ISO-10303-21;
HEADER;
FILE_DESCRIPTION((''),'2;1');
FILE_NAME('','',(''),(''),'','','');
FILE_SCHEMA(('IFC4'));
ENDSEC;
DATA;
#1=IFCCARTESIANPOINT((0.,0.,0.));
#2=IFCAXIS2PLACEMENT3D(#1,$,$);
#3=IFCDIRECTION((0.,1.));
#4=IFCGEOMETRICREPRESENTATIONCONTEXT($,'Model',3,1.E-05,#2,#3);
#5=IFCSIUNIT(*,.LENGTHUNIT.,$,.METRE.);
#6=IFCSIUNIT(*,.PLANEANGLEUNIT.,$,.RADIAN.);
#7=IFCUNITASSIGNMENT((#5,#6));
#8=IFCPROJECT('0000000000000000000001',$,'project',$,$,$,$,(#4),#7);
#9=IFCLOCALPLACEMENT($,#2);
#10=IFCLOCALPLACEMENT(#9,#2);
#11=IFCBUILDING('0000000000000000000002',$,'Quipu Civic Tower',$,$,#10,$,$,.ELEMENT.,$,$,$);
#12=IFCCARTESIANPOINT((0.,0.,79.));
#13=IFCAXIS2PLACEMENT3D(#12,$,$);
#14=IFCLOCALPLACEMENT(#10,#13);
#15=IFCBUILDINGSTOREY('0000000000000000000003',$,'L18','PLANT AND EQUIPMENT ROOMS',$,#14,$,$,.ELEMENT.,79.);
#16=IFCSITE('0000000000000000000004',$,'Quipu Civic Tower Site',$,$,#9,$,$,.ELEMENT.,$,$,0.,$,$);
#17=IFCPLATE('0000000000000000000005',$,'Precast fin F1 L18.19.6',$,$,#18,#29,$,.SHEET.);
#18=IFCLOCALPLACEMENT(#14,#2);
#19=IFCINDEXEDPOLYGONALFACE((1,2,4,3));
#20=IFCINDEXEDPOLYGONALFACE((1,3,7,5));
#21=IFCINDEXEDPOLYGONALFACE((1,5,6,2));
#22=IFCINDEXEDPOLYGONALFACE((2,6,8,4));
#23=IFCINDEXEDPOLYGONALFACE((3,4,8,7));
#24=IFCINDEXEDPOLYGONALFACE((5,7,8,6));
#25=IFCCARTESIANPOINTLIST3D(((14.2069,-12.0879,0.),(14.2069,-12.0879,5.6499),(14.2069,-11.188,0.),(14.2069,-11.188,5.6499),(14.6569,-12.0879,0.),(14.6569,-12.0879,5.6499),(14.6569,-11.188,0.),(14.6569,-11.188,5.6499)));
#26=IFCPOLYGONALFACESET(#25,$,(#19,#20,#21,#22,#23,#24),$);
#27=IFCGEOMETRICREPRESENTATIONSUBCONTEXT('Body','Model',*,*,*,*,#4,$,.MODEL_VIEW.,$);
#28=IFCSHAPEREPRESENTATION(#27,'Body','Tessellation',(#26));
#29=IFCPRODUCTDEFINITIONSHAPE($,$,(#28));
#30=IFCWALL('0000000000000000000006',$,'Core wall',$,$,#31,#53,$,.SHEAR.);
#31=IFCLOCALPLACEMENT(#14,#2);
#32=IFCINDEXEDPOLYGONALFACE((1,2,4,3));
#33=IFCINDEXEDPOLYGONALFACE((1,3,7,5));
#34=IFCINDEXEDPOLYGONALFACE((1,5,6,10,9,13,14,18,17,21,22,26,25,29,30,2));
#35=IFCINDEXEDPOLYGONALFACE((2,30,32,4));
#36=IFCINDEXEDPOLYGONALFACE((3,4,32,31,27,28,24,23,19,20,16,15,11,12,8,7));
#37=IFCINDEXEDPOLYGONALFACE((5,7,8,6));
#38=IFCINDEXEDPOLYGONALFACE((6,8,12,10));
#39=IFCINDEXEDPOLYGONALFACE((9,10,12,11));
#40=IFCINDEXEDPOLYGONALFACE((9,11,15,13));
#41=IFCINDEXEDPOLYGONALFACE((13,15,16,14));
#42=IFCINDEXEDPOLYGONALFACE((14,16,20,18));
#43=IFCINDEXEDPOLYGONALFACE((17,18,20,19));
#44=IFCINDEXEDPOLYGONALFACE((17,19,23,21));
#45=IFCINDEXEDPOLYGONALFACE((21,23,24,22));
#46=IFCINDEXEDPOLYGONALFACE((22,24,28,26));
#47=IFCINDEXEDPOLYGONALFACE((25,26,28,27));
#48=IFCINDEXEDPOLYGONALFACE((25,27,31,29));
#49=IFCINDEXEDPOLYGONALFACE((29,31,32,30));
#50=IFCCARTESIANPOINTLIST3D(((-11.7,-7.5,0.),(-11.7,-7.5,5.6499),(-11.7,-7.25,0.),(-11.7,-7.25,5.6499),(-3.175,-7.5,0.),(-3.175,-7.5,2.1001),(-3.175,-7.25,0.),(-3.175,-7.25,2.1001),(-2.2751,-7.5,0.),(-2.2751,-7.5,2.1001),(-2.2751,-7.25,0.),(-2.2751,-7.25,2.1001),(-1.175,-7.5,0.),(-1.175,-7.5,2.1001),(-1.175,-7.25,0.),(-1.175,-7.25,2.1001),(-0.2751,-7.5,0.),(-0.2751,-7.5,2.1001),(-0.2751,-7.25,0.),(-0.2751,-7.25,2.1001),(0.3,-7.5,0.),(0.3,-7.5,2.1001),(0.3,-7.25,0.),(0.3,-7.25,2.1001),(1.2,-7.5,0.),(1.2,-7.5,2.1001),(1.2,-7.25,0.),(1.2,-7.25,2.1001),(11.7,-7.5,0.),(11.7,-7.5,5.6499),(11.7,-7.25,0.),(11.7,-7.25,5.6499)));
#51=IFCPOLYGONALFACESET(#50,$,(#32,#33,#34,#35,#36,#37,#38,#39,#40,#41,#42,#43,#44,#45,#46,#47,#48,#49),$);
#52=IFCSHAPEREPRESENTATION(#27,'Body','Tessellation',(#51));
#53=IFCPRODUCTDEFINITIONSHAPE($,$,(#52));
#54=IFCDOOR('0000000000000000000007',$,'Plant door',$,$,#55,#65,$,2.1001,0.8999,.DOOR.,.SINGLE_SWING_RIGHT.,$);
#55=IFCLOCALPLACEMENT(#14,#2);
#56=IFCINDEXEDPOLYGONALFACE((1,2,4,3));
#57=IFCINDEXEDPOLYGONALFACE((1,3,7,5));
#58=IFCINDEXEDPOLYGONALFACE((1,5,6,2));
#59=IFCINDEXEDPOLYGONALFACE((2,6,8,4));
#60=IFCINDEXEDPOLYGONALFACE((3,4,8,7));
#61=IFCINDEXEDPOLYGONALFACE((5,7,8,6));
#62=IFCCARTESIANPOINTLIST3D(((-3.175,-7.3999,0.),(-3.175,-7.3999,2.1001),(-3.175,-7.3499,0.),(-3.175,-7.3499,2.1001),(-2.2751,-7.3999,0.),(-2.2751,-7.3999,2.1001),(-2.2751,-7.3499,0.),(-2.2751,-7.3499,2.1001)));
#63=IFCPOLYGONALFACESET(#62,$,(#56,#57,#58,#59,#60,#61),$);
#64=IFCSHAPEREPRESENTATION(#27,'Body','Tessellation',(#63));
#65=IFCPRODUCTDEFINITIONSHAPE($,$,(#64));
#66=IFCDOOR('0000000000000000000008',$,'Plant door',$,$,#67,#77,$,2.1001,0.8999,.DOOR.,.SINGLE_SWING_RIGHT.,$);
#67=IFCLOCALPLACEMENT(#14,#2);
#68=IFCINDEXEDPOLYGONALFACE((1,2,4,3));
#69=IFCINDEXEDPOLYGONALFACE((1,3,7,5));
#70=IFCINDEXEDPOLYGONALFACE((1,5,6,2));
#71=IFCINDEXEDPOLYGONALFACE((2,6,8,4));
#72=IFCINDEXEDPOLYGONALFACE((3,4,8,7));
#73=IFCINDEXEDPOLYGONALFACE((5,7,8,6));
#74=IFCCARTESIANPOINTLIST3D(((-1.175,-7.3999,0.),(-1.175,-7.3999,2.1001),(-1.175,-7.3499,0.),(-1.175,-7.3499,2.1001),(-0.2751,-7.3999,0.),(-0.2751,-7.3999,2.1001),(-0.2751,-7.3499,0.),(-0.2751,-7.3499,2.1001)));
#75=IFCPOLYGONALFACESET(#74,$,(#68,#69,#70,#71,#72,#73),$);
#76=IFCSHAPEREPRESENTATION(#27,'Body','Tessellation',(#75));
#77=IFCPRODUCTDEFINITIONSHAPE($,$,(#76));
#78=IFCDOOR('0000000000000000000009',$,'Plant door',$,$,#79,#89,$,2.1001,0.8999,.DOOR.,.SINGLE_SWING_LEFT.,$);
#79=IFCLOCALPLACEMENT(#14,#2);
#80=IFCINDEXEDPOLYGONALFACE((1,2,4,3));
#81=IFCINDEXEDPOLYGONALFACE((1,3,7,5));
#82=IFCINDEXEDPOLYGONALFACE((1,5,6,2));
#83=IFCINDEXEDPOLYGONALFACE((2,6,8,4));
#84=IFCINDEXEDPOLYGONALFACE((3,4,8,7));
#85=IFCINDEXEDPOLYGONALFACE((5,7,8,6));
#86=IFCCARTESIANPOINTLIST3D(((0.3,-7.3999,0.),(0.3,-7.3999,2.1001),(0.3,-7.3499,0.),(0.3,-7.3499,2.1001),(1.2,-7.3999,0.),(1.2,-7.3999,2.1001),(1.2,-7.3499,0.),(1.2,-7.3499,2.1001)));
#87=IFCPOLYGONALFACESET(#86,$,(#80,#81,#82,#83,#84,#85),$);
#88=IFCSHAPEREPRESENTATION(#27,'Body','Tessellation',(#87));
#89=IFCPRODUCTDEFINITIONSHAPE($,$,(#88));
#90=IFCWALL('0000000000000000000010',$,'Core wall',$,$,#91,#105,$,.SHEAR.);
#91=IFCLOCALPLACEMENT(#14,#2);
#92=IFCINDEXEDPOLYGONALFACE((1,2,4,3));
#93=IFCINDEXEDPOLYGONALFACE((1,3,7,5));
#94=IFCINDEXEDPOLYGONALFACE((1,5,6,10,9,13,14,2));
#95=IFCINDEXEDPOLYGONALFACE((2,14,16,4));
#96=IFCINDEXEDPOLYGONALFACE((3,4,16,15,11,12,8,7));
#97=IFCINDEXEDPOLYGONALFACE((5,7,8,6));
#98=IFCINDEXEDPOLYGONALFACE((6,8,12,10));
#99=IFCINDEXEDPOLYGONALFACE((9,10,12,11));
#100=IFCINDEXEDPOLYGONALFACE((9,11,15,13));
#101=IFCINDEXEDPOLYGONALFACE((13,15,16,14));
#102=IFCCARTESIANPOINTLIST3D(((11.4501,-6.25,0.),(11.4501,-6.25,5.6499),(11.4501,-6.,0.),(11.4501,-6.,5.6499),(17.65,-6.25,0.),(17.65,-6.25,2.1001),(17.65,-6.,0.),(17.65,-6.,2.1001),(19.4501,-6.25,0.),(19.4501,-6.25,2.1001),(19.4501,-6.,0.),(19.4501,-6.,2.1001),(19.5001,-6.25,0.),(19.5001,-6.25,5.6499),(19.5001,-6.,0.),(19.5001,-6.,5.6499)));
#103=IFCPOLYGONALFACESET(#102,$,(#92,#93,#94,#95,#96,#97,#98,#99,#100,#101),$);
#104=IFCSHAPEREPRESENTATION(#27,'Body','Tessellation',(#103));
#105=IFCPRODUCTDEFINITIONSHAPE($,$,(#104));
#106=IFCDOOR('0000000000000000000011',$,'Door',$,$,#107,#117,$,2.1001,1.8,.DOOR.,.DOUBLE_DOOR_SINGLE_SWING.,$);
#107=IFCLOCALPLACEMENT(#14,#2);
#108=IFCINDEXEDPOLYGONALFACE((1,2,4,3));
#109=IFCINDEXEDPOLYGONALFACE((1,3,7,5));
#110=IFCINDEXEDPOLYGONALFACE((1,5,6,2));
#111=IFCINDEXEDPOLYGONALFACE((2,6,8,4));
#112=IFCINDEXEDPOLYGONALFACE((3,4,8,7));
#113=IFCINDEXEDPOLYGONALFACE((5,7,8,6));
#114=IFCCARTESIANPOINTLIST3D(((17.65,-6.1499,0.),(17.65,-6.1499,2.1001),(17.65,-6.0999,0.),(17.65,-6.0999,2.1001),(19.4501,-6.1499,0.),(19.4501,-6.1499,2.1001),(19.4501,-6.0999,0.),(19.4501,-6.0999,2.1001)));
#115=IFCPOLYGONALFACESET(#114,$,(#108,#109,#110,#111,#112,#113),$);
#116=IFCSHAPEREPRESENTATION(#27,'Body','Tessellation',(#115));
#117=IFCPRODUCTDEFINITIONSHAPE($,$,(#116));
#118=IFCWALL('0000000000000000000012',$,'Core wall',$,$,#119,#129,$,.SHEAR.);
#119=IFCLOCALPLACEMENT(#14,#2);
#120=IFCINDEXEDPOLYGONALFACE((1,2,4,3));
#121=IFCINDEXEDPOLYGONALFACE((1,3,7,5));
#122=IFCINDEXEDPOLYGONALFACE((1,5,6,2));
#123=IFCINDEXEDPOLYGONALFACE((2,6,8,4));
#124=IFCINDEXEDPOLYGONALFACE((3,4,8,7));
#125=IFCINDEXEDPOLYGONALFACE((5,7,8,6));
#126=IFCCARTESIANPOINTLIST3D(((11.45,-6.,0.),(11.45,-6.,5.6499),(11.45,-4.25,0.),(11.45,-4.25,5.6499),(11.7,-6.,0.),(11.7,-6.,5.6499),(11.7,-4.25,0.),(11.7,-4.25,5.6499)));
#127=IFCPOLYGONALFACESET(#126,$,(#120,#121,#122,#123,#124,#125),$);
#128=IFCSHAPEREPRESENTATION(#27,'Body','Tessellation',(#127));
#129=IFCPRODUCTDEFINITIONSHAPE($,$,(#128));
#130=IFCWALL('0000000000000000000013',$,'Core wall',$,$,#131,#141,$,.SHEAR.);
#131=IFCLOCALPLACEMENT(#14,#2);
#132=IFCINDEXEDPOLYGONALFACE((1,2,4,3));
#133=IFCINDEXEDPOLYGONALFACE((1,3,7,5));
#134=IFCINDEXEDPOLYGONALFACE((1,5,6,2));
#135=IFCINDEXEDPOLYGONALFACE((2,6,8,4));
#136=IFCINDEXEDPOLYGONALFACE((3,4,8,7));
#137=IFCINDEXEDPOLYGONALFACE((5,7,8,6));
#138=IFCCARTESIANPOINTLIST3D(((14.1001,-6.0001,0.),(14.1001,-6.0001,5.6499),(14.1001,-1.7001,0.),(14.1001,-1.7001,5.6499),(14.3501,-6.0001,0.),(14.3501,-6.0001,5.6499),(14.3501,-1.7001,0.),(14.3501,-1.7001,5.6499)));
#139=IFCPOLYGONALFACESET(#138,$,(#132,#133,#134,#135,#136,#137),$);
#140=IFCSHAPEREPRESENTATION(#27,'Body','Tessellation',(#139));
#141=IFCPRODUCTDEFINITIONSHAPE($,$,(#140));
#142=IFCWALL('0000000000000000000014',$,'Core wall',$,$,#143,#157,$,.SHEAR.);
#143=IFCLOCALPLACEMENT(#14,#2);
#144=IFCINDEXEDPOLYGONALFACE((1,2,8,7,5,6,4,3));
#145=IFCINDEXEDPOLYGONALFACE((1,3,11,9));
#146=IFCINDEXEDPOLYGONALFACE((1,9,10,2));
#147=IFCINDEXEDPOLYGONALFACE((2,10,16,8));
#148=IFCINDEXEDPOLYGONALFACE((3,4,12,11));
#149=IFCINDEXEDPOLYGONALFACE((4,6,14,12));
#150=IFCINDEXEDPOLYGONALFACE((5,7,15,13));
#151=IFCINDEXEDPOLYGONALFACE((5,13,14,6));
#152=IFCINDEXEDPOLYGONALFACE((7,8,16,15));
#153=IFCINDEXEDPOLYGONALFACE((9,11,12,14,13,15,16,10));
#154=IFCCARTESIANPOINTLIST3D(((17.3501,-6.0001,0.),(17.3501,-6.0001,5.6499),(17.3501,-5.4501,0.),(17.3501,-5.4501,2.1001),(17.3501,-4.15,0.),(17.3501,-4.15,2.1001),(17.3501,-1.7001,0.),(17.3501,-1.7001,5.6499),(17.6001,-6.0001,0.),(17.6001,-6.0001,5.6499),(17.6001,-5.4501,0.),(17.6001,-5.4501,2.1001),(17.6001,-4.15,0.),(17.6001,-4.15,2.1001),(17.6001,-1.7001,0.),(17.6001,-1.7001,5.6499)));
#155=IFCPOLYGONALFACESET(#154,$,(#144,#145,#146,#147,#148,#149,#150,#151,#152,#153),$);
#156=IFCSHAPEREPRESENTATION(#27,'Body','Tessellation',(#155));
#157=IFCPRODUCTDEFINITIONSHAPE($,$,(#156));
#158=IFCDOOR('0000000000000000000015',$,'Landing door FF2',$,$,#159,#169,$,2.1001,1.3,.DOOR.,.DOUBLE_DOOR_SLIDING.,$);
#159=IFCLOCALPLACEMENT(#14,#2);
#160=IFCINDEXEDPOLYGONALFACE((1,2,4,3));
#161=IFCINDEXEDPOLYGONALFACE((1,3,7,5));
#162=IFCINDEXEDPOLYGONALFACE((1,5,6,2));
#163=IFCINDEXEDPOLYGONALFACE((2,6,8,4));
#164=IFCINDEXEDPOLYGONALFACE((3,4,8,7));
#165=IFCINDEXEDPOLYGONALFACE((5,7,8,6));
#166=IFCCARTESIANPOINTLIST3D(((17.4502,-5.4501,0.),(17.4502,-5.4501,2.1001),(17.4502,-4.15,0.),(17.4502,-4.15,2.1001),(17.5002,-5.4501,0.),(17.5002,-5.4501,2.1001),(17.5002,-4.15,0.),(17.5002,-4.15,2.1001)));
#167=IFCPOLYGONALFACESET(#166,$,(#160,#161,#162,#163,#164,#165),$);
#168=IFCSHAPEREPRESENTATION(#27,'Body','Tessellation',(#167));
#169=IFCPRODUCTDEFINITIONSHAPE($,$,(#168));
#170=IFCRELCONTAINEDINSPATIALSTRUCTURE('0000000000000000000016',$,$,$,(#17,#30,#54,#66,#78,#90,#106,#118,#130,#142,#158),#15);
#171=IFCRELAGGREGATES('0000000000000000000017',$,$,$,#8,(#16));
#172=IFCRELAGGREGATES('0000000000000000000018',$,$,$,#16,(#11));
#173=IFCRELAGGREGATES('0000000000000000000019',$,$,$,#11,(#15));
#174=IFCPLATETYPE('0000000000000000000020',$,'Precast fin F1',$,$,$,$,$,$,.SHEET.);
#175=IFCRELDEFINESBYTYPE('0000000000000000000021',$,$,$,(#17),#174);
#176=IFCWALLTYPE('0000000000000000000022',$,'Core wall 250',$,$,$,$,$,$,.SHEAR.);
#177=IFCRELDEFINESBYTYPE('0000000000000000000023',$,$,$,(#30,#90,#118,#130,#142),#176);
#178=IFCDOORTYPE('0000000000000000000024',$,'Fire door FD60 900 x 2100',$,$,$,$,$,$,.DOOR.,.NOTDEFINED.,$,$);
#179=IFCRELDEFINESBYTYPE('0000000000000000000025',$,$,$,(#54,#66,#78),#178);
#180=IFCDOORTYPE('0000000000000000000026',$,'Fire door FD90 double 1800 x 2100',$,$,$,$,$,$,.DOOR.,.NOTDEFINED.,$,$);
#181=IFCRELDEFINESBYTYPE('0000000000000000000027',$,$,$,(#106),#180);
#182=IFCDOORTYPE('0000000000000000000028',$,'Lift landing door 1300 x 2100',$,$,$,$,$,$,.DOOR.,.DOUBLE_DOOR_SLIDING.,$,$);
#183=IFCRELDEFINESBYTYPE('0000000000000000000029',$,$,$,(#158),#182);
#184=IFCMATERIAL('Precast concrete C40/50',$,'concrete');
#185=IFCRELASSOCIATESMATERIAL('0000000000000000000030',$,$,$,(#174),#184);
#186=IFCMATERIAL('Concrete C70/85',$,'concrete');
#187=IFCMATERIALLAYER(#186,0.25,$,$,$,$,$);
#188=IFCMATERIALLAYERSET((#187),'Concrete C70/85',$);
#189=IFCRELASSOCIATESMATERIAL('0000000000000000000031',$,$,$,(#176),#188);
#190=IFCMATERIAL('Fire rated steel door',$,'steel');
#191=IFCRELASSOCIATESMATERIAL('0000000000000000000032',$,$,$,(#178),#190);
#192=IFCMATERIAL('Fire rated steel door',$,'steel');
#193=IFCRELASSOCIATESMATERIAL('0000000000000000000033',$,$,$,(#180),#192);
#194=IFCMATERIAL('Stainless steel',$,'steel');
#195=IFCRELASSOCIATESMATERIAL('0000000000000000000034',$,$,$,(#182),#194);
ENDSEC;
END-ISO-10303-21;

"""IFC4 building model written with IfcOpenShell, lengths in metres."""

from ifc_helpers import new_model, si_unit, direction, frame, frame_2d, origin, origin_2d, place, context, subcontext, project, spatial, rectangle, extrude, material, layer, layer_set, type_object, element, fill, save


model = new_model("IFC4")

# Units and contexts
model_context = context("Model", 3, precision=1e-05, world=origin(), true_north=direction((0.0, 1.0)))
body_context = subcontext(model_context, "Body", "Model", "MODEL_VIEW")
ifc_project = project(units=[si_unit("LENGTHUNIT", "METRE"), si_unit("PLANEANGLEUNIT", "RADIAN")], contexts=[model_context])

# Site, building, storey
site_placement = place(None, origin())
site = spatial("IfcSite", under=ifc_project, at=site_placement, Name="Quipu Civic Tower Site", CompositionType="ELEMENT", RefElevation=0.0)
building_placement = place(site_placement, origin())
building = spatial("IfcBuilding", under=site, at=building_placement, Name="Quipu Civic Tower", CompositionType="ELEMENT")
storey_placement = place(building_placement, frame((0.0, 0.0, 79.0)))
storey = spatial("IfcBuildingStorey", under=building, at=storey_placement, Name="L18", Description="PLANT AND EQUIPMENT ROOMS", CompositionType="ELEMENT", Elevation=79.0)

# Plate
ifc_material_1 = material(Name="Precast concrete C40/50", Category="concrete")
plate_type = type_object("IfcPlateType", Name="Precast fin F1", PredefinedType="SHEET", material=ifc_material_1)
plate_placement = place(storey_placement, frame((14.4319, -11.6379, 0.0), z_axis=(0.0, 0.0, 1.0), x_axis=(1.0, 0.0, 0.0)))
element("IfcPlate", 1, at=plate_placement, inside=storey, type_object=plate_type, Name="Precast fin F1 L18.19.6", PredefinedType="SHEET", context=body_context, shape_type="SweptSolid", body=[
    extrude(rectangle(XDim=0.45, YDim=0.8999, at=origin_2d()), origin(), (0.0, 0.0, 1.0), 5.6499),
])

# Wall, openings, doors
ifc_material_2 = material(Name="Concrete C70/85", Category="concrete")
ifc_layer_1 = layer(ifc_material_2, 0.25)
ifc_layer_set_1 = layer_set([ifc_layer_1], Name="Concrete C70/85")
wall_type_1 = type_object("IfcWallType", Name="Core wall 250", PredefinedType="SHEAR", material=ifc_layer_set_1)
wall_1_placement = place(storey_placement, frame((11.7, -7.375, 0.0), z_axis=(0.0, 0.0, 1.0), x_axis=(-1.0, 0.0, 0.0)))
wall_1 = element("IfcWall", 2, at=wall_1_placement, inside=storey, type_object=wall_type_1, Name="Core wall", PredefinedType="SHEAR", context=body_context, shape_type="SweptSolid", body=[
    extrude(rectangle(XDim=23.3999, YDim=0.25, at=frame_2d((11.7, 0.0))), origin(), (0.0, 0.0, 1.0), 5.6499),
])
opening_1_placement = place(wall_1_placement, frame((13.9751, 0.0, 0.0)))
opening_1 = element("IfcOpeningElement", 3, at=opening_1_placement, cuts=wall_1, PredefinedType="OPENING", context=body_context, shape_type="SweptSolid", body=[
    extrude(rectangle(XDim=0.8999, YDim=2.1001, at=frame_2d((0.45, 1.05))), frame((0.0, 0.135, 0.0), z_axis=(0.0, -1.0, 0.0), x_axis=(1.0, 0.0, 0.0)), (0.0, 0.0, 1.0), 0.27),
])
opening_2_placement = place(wall_1_placement, frame((11.9751, 0.0, 0.0)))
opening_2 = element("IfcOpeningElement", 4, at=opening_2_placement, cuts=wall_1, PredefinedType="OPENING", context=body_context, shape_type="SweptSolid", body=[
    extrude(rectangle(XDim=0.8999, YDim=2.1001, at=frame_2d((0.45, 1.05))), frame((0.0, 0.135, 0.0), z_axis=(0.0, -1.0, 0.0), x_axis=(1.0, 0.0, 0.0)), (0.0, 0.0, 1.0), 0.27),
])
opening_3_placement = place(wall_1_placement, frame((10.5, 0.0, 0.0)))
opening_3 = element("IfcOpeningElement", 5, at=opening_3_placement, cuts=wall_1, PredefinedType="OPENING", context=body_context, shape_type="SweptSolid", body=[
    extrude(rectangle(XDim=0.8999, YDim=2.1001, at=frame_2d((0.45, 1.05))), frame((0.0, 0.135, 0.0), z_axis=(0.0, -1.0, 0.0), x_axis=(1.0, 0.0, 0.0)), (0.0, 0.0, 1.0), 0.27),
])
ifc_material_3 = material(Name="Fire rated steel door", Category="steel")
door_type_1 = type_object("IfcDoorType", Name="Fire door FD60 900 x 2100", OperationType="NOTDEFINED", PredefinedType="DOOR", material=ifc_material_3)
door_1_placement = place(opening_1_placement, origin())
door_1 = element("IfcDoor", 6, at=door_1_placement, inside=storey, type_object=door_type_1, Name="Plant door", OperationType="SINGLE_SWING_RIGHT", OverallHeight=2.1001, OverallWidth=0.8999, PredefinedType="DOOR", context=body_context, shape_type="SweptSolid", body=[
    extrude(rectangle(XDim=0.8999, YDim=2.1001, at=frame_2d((0.45, 1.05))), frame((0.0, 0.0249, 0.0), z_axis=(0.0, -1.0, 0.0), x_axis=(1.0, 0.0, 0.0)), (0.0, 0.0, 1.0), 0.05),
])
fill(opening_1, door_1)
door_2_placement = place(opening_2_placement, origin())
door_2 = element("IfcDoor", 7, at=door_2_placement, inside=storey, type_object=door_type_1, Name="Plant door", OperationType="SINGLE_SWING_RIGHT", OverallHeight=2.1001, OverallWidth=0.8999, PredefinedType="DOOR", context=body_context, shape_type="SweptSolid", body=[
    extrude(rectangle(XDim=0.8999, YDim=2.1001, at=frame_2d((0.45, 1.05))), frame((0.0, 0.0249, 0.0), z_axis=(0.0, -1.0, 0.0), x_axis=(1.0, 0.0, 0.0)), (0.0, 0.0, 1.0), 0.05),
])
fill(opening_2, door_2)
door_3_placement = place(opening_3_placement, origin())
door_3 = element("IfcDoor", 8, at=door_3_placement, inside=storey, type_object=door_type_1, Name="Plant door", OperationType="SINGLE_SWING_LEFT", OverallHeight=2.1001, OverallWidth=0.8999, PredefinedType="DOOR", context=body_context, shape_type="SweptSolid", body=[
    extrude(rectangle(XDim=0.8999, YDim=2.1001, at=frame_2d((0.45, 1.05))), frame((0.0, 0.0249, 0.0), z_axis=(0.0, -1.0, 0.0), x_axis=(1.0, 0.0, 0.0)), (0.0, 0.0, 1.0), 0.05),
])
fill(opening_3, door_3)

# Wall, opening, door
wall_2_placement = place(storey_placement, frame((19.5, -6.125, 0.0), z_axis=(0.0, 0.0, 1.0), x_axis=(-1.0, 0.0, 0.0)))
wall_2 = element("IfcWall", 9, at=wall_2_placement, inside=storey, type_object=wall_type_1, Name="Core wall", PredefinedType="SHEAR", context=body_context, shape_type="SweptSolid", body=[
    extrude(rectangle(XDim=8.05, YDim=0.25, at=frame_2d((4.0249, 0.0))), origin(), (0.0, 0.0, 1.0), 5.6499),
])
opening_4_placement = place(wall_2_placement, frame((0.05, 0.0, 0.0)))
opening_4 = element("IfcOpeningElement", 10, at=opening_4_placement, cuts=wall_2, PredefinedType="OPENING", context=body_context, shape_type="SweptSolid", body=[
    extrude(rectangle(XDim=1.8, YDim=2.1001, at=frame_2d((0.8999, 1.05))), frame((0.0, 0.135, 0.0), z_axis=(0.0, -1.0, 0.0), x_axis=(1.0, 0.0, 0.0)), (0.0, 0.0, 1.0), 0.27),
])
ifc_material_4 = material(Name="Fire rated steel door", Category="steel")
door_type_2 = type_object("IfcDoorType", Name="Fire door FD90 double 1800 x 2100", OperationType="NOTDEFINED", PredefinedType="DOOR", material=ifc_material_4)
door_4_placement = place(opening_4_placement, origin())
door_4 = element("IfcDoor", 11, at=door_4_placement, inside=storey, type_object=door_type_2, Name="Door", OperationType="DOUBLE_DOOR_SINGLE_SWING", OverallHeight=2.1001, OverallWidth=1.8, PredefinedType="DOOR", context=body_context, shape_type="SweptSolid", body=[
    extrude(rectangle(XDim=1.8, YDim=2.1001, at=frame_2d((0.8999, 1.05))), frame((0.0, 0.0249, 0.0), z_axis=(0.0, -1.0, 0.0), x_axis=(1.0, 0.0, 0.0)), (0.0, 0.0, 1.0), 0.05),
])
fill(opening_4, door_4)

# Walls
wall_3_placement = place(storey_placement, frame((11.575, -6.0, 0.0), z_axis=(0.0, 0.0, 1.0), x_axis=(0.0, 1.0, 0.0)))
element("IfcWall", 12, at=wall_3_placement, inside=storey, type_object=wall_type_1, Name="Core wall", PredefinedType="SHEAR", context=body_context, shape_type="SweptSolid", body=[
    extrude(rectangle(XDim=1.75, YDim=0.25, at=frame_2d((0.875, 0.0))), origin(), (0.0, 0.0, 1.0), 5.6499),
])
wall_4_placement = place(storey_placement, frame((14.2251, -6.0, 0.0), z_axis=(0.0, 0.0, 1.0), x_axis=(0.0, 1.0, 0.0)))
element("IfcWall", 13, at=wall_4_placement, inside=storey, type_object=wall_type_1, Name="Core wall", PredefinedType="SHEAR", context=body_context, shape_type="SweptSolid", body=[
    extrude(rectangle(XDim=4.3, YDim=0.25, at=frame_2d((2.1499, 0.0))), origin(), (0.0, 0.0, 1.0), 5.6499),
])

# Wall, opening, door
wall_5_placement = place(storey_placement, frame((17.4751, -6.0, 0.0), z_axis=(0.0, 0.0, 1.0), x_axis=(0.0, 1.0, 0.0)))
wall_5 = element("IfcWall", 14, at=wall_5_placement, inside=storey, type_object=wall_type_1, Name="Core wall", PredefinedType="SHEAR", context=body_context, shape_type="SweptSolid", body=[
    extrude(rectangle(XDim=4.3, YDim=0.25, at=frame_2d((2.1499, 0.0))), origin(), (0.0, 0.0, 1.0), 5.6499),
])
opening_5_placement = place(wall_5_placement, frame((0.55, 0.0, 0.0)))
opening_5 = element("IfcOpeningElement", 15, at=opening_5_placement, cuts=wall_5, PredefinedType="OPENING", context=body_context, shape_type="SweptSolid", body=[
    extrude(rectangle(XDim=1.3, YDim=2.1001, at=frame_2d((0.6499, 1.05))), frame((0.0, 0.135, 0.0), z_axis=(0.0, -1.0, 0.0), x_axis=(1.0, 0.0, 0.0)), (0.0, 0.0, 1.0), 0.27),
])
ifc_material_5 = material(Name="Stainless steel", Category="steel")
door_type_3 = type_object("IfcDoorType", Name="Lift landing door 1300 x 2100", OperationType="DOUBLE_DOOR_SLIDING", PredefinedType="DOOR", material=ifc_material_5)
door_5_placement = place(opening_5_placement, origin())
door_5 = element("IfcDoor", 16, at=door_5_placement, inside=storey, type_object=door_type_3, Name="Landing door FF2", OperationType="DOUBLE_DOOR_SLIDING", OverallHeight=2.1001, OverallWidth=1.3, PredefinedType="DOOR", context=body_context, shape_type="SweptSolid", body=[
    extrude(rectangle(XDim=1.3, YDim=2.1001, at=frame_2d((0.6499, 1.05))), frame((0.0, 0.0249, 0.0), z_axis=(0.0, -1.0, 0.0), x_axis=(1.0, 0.0, 0.0)), (0.0, 0.0, 1.0), 0.05),
])
fill(opening_5, door_5)

save(model, "model.ifc")
